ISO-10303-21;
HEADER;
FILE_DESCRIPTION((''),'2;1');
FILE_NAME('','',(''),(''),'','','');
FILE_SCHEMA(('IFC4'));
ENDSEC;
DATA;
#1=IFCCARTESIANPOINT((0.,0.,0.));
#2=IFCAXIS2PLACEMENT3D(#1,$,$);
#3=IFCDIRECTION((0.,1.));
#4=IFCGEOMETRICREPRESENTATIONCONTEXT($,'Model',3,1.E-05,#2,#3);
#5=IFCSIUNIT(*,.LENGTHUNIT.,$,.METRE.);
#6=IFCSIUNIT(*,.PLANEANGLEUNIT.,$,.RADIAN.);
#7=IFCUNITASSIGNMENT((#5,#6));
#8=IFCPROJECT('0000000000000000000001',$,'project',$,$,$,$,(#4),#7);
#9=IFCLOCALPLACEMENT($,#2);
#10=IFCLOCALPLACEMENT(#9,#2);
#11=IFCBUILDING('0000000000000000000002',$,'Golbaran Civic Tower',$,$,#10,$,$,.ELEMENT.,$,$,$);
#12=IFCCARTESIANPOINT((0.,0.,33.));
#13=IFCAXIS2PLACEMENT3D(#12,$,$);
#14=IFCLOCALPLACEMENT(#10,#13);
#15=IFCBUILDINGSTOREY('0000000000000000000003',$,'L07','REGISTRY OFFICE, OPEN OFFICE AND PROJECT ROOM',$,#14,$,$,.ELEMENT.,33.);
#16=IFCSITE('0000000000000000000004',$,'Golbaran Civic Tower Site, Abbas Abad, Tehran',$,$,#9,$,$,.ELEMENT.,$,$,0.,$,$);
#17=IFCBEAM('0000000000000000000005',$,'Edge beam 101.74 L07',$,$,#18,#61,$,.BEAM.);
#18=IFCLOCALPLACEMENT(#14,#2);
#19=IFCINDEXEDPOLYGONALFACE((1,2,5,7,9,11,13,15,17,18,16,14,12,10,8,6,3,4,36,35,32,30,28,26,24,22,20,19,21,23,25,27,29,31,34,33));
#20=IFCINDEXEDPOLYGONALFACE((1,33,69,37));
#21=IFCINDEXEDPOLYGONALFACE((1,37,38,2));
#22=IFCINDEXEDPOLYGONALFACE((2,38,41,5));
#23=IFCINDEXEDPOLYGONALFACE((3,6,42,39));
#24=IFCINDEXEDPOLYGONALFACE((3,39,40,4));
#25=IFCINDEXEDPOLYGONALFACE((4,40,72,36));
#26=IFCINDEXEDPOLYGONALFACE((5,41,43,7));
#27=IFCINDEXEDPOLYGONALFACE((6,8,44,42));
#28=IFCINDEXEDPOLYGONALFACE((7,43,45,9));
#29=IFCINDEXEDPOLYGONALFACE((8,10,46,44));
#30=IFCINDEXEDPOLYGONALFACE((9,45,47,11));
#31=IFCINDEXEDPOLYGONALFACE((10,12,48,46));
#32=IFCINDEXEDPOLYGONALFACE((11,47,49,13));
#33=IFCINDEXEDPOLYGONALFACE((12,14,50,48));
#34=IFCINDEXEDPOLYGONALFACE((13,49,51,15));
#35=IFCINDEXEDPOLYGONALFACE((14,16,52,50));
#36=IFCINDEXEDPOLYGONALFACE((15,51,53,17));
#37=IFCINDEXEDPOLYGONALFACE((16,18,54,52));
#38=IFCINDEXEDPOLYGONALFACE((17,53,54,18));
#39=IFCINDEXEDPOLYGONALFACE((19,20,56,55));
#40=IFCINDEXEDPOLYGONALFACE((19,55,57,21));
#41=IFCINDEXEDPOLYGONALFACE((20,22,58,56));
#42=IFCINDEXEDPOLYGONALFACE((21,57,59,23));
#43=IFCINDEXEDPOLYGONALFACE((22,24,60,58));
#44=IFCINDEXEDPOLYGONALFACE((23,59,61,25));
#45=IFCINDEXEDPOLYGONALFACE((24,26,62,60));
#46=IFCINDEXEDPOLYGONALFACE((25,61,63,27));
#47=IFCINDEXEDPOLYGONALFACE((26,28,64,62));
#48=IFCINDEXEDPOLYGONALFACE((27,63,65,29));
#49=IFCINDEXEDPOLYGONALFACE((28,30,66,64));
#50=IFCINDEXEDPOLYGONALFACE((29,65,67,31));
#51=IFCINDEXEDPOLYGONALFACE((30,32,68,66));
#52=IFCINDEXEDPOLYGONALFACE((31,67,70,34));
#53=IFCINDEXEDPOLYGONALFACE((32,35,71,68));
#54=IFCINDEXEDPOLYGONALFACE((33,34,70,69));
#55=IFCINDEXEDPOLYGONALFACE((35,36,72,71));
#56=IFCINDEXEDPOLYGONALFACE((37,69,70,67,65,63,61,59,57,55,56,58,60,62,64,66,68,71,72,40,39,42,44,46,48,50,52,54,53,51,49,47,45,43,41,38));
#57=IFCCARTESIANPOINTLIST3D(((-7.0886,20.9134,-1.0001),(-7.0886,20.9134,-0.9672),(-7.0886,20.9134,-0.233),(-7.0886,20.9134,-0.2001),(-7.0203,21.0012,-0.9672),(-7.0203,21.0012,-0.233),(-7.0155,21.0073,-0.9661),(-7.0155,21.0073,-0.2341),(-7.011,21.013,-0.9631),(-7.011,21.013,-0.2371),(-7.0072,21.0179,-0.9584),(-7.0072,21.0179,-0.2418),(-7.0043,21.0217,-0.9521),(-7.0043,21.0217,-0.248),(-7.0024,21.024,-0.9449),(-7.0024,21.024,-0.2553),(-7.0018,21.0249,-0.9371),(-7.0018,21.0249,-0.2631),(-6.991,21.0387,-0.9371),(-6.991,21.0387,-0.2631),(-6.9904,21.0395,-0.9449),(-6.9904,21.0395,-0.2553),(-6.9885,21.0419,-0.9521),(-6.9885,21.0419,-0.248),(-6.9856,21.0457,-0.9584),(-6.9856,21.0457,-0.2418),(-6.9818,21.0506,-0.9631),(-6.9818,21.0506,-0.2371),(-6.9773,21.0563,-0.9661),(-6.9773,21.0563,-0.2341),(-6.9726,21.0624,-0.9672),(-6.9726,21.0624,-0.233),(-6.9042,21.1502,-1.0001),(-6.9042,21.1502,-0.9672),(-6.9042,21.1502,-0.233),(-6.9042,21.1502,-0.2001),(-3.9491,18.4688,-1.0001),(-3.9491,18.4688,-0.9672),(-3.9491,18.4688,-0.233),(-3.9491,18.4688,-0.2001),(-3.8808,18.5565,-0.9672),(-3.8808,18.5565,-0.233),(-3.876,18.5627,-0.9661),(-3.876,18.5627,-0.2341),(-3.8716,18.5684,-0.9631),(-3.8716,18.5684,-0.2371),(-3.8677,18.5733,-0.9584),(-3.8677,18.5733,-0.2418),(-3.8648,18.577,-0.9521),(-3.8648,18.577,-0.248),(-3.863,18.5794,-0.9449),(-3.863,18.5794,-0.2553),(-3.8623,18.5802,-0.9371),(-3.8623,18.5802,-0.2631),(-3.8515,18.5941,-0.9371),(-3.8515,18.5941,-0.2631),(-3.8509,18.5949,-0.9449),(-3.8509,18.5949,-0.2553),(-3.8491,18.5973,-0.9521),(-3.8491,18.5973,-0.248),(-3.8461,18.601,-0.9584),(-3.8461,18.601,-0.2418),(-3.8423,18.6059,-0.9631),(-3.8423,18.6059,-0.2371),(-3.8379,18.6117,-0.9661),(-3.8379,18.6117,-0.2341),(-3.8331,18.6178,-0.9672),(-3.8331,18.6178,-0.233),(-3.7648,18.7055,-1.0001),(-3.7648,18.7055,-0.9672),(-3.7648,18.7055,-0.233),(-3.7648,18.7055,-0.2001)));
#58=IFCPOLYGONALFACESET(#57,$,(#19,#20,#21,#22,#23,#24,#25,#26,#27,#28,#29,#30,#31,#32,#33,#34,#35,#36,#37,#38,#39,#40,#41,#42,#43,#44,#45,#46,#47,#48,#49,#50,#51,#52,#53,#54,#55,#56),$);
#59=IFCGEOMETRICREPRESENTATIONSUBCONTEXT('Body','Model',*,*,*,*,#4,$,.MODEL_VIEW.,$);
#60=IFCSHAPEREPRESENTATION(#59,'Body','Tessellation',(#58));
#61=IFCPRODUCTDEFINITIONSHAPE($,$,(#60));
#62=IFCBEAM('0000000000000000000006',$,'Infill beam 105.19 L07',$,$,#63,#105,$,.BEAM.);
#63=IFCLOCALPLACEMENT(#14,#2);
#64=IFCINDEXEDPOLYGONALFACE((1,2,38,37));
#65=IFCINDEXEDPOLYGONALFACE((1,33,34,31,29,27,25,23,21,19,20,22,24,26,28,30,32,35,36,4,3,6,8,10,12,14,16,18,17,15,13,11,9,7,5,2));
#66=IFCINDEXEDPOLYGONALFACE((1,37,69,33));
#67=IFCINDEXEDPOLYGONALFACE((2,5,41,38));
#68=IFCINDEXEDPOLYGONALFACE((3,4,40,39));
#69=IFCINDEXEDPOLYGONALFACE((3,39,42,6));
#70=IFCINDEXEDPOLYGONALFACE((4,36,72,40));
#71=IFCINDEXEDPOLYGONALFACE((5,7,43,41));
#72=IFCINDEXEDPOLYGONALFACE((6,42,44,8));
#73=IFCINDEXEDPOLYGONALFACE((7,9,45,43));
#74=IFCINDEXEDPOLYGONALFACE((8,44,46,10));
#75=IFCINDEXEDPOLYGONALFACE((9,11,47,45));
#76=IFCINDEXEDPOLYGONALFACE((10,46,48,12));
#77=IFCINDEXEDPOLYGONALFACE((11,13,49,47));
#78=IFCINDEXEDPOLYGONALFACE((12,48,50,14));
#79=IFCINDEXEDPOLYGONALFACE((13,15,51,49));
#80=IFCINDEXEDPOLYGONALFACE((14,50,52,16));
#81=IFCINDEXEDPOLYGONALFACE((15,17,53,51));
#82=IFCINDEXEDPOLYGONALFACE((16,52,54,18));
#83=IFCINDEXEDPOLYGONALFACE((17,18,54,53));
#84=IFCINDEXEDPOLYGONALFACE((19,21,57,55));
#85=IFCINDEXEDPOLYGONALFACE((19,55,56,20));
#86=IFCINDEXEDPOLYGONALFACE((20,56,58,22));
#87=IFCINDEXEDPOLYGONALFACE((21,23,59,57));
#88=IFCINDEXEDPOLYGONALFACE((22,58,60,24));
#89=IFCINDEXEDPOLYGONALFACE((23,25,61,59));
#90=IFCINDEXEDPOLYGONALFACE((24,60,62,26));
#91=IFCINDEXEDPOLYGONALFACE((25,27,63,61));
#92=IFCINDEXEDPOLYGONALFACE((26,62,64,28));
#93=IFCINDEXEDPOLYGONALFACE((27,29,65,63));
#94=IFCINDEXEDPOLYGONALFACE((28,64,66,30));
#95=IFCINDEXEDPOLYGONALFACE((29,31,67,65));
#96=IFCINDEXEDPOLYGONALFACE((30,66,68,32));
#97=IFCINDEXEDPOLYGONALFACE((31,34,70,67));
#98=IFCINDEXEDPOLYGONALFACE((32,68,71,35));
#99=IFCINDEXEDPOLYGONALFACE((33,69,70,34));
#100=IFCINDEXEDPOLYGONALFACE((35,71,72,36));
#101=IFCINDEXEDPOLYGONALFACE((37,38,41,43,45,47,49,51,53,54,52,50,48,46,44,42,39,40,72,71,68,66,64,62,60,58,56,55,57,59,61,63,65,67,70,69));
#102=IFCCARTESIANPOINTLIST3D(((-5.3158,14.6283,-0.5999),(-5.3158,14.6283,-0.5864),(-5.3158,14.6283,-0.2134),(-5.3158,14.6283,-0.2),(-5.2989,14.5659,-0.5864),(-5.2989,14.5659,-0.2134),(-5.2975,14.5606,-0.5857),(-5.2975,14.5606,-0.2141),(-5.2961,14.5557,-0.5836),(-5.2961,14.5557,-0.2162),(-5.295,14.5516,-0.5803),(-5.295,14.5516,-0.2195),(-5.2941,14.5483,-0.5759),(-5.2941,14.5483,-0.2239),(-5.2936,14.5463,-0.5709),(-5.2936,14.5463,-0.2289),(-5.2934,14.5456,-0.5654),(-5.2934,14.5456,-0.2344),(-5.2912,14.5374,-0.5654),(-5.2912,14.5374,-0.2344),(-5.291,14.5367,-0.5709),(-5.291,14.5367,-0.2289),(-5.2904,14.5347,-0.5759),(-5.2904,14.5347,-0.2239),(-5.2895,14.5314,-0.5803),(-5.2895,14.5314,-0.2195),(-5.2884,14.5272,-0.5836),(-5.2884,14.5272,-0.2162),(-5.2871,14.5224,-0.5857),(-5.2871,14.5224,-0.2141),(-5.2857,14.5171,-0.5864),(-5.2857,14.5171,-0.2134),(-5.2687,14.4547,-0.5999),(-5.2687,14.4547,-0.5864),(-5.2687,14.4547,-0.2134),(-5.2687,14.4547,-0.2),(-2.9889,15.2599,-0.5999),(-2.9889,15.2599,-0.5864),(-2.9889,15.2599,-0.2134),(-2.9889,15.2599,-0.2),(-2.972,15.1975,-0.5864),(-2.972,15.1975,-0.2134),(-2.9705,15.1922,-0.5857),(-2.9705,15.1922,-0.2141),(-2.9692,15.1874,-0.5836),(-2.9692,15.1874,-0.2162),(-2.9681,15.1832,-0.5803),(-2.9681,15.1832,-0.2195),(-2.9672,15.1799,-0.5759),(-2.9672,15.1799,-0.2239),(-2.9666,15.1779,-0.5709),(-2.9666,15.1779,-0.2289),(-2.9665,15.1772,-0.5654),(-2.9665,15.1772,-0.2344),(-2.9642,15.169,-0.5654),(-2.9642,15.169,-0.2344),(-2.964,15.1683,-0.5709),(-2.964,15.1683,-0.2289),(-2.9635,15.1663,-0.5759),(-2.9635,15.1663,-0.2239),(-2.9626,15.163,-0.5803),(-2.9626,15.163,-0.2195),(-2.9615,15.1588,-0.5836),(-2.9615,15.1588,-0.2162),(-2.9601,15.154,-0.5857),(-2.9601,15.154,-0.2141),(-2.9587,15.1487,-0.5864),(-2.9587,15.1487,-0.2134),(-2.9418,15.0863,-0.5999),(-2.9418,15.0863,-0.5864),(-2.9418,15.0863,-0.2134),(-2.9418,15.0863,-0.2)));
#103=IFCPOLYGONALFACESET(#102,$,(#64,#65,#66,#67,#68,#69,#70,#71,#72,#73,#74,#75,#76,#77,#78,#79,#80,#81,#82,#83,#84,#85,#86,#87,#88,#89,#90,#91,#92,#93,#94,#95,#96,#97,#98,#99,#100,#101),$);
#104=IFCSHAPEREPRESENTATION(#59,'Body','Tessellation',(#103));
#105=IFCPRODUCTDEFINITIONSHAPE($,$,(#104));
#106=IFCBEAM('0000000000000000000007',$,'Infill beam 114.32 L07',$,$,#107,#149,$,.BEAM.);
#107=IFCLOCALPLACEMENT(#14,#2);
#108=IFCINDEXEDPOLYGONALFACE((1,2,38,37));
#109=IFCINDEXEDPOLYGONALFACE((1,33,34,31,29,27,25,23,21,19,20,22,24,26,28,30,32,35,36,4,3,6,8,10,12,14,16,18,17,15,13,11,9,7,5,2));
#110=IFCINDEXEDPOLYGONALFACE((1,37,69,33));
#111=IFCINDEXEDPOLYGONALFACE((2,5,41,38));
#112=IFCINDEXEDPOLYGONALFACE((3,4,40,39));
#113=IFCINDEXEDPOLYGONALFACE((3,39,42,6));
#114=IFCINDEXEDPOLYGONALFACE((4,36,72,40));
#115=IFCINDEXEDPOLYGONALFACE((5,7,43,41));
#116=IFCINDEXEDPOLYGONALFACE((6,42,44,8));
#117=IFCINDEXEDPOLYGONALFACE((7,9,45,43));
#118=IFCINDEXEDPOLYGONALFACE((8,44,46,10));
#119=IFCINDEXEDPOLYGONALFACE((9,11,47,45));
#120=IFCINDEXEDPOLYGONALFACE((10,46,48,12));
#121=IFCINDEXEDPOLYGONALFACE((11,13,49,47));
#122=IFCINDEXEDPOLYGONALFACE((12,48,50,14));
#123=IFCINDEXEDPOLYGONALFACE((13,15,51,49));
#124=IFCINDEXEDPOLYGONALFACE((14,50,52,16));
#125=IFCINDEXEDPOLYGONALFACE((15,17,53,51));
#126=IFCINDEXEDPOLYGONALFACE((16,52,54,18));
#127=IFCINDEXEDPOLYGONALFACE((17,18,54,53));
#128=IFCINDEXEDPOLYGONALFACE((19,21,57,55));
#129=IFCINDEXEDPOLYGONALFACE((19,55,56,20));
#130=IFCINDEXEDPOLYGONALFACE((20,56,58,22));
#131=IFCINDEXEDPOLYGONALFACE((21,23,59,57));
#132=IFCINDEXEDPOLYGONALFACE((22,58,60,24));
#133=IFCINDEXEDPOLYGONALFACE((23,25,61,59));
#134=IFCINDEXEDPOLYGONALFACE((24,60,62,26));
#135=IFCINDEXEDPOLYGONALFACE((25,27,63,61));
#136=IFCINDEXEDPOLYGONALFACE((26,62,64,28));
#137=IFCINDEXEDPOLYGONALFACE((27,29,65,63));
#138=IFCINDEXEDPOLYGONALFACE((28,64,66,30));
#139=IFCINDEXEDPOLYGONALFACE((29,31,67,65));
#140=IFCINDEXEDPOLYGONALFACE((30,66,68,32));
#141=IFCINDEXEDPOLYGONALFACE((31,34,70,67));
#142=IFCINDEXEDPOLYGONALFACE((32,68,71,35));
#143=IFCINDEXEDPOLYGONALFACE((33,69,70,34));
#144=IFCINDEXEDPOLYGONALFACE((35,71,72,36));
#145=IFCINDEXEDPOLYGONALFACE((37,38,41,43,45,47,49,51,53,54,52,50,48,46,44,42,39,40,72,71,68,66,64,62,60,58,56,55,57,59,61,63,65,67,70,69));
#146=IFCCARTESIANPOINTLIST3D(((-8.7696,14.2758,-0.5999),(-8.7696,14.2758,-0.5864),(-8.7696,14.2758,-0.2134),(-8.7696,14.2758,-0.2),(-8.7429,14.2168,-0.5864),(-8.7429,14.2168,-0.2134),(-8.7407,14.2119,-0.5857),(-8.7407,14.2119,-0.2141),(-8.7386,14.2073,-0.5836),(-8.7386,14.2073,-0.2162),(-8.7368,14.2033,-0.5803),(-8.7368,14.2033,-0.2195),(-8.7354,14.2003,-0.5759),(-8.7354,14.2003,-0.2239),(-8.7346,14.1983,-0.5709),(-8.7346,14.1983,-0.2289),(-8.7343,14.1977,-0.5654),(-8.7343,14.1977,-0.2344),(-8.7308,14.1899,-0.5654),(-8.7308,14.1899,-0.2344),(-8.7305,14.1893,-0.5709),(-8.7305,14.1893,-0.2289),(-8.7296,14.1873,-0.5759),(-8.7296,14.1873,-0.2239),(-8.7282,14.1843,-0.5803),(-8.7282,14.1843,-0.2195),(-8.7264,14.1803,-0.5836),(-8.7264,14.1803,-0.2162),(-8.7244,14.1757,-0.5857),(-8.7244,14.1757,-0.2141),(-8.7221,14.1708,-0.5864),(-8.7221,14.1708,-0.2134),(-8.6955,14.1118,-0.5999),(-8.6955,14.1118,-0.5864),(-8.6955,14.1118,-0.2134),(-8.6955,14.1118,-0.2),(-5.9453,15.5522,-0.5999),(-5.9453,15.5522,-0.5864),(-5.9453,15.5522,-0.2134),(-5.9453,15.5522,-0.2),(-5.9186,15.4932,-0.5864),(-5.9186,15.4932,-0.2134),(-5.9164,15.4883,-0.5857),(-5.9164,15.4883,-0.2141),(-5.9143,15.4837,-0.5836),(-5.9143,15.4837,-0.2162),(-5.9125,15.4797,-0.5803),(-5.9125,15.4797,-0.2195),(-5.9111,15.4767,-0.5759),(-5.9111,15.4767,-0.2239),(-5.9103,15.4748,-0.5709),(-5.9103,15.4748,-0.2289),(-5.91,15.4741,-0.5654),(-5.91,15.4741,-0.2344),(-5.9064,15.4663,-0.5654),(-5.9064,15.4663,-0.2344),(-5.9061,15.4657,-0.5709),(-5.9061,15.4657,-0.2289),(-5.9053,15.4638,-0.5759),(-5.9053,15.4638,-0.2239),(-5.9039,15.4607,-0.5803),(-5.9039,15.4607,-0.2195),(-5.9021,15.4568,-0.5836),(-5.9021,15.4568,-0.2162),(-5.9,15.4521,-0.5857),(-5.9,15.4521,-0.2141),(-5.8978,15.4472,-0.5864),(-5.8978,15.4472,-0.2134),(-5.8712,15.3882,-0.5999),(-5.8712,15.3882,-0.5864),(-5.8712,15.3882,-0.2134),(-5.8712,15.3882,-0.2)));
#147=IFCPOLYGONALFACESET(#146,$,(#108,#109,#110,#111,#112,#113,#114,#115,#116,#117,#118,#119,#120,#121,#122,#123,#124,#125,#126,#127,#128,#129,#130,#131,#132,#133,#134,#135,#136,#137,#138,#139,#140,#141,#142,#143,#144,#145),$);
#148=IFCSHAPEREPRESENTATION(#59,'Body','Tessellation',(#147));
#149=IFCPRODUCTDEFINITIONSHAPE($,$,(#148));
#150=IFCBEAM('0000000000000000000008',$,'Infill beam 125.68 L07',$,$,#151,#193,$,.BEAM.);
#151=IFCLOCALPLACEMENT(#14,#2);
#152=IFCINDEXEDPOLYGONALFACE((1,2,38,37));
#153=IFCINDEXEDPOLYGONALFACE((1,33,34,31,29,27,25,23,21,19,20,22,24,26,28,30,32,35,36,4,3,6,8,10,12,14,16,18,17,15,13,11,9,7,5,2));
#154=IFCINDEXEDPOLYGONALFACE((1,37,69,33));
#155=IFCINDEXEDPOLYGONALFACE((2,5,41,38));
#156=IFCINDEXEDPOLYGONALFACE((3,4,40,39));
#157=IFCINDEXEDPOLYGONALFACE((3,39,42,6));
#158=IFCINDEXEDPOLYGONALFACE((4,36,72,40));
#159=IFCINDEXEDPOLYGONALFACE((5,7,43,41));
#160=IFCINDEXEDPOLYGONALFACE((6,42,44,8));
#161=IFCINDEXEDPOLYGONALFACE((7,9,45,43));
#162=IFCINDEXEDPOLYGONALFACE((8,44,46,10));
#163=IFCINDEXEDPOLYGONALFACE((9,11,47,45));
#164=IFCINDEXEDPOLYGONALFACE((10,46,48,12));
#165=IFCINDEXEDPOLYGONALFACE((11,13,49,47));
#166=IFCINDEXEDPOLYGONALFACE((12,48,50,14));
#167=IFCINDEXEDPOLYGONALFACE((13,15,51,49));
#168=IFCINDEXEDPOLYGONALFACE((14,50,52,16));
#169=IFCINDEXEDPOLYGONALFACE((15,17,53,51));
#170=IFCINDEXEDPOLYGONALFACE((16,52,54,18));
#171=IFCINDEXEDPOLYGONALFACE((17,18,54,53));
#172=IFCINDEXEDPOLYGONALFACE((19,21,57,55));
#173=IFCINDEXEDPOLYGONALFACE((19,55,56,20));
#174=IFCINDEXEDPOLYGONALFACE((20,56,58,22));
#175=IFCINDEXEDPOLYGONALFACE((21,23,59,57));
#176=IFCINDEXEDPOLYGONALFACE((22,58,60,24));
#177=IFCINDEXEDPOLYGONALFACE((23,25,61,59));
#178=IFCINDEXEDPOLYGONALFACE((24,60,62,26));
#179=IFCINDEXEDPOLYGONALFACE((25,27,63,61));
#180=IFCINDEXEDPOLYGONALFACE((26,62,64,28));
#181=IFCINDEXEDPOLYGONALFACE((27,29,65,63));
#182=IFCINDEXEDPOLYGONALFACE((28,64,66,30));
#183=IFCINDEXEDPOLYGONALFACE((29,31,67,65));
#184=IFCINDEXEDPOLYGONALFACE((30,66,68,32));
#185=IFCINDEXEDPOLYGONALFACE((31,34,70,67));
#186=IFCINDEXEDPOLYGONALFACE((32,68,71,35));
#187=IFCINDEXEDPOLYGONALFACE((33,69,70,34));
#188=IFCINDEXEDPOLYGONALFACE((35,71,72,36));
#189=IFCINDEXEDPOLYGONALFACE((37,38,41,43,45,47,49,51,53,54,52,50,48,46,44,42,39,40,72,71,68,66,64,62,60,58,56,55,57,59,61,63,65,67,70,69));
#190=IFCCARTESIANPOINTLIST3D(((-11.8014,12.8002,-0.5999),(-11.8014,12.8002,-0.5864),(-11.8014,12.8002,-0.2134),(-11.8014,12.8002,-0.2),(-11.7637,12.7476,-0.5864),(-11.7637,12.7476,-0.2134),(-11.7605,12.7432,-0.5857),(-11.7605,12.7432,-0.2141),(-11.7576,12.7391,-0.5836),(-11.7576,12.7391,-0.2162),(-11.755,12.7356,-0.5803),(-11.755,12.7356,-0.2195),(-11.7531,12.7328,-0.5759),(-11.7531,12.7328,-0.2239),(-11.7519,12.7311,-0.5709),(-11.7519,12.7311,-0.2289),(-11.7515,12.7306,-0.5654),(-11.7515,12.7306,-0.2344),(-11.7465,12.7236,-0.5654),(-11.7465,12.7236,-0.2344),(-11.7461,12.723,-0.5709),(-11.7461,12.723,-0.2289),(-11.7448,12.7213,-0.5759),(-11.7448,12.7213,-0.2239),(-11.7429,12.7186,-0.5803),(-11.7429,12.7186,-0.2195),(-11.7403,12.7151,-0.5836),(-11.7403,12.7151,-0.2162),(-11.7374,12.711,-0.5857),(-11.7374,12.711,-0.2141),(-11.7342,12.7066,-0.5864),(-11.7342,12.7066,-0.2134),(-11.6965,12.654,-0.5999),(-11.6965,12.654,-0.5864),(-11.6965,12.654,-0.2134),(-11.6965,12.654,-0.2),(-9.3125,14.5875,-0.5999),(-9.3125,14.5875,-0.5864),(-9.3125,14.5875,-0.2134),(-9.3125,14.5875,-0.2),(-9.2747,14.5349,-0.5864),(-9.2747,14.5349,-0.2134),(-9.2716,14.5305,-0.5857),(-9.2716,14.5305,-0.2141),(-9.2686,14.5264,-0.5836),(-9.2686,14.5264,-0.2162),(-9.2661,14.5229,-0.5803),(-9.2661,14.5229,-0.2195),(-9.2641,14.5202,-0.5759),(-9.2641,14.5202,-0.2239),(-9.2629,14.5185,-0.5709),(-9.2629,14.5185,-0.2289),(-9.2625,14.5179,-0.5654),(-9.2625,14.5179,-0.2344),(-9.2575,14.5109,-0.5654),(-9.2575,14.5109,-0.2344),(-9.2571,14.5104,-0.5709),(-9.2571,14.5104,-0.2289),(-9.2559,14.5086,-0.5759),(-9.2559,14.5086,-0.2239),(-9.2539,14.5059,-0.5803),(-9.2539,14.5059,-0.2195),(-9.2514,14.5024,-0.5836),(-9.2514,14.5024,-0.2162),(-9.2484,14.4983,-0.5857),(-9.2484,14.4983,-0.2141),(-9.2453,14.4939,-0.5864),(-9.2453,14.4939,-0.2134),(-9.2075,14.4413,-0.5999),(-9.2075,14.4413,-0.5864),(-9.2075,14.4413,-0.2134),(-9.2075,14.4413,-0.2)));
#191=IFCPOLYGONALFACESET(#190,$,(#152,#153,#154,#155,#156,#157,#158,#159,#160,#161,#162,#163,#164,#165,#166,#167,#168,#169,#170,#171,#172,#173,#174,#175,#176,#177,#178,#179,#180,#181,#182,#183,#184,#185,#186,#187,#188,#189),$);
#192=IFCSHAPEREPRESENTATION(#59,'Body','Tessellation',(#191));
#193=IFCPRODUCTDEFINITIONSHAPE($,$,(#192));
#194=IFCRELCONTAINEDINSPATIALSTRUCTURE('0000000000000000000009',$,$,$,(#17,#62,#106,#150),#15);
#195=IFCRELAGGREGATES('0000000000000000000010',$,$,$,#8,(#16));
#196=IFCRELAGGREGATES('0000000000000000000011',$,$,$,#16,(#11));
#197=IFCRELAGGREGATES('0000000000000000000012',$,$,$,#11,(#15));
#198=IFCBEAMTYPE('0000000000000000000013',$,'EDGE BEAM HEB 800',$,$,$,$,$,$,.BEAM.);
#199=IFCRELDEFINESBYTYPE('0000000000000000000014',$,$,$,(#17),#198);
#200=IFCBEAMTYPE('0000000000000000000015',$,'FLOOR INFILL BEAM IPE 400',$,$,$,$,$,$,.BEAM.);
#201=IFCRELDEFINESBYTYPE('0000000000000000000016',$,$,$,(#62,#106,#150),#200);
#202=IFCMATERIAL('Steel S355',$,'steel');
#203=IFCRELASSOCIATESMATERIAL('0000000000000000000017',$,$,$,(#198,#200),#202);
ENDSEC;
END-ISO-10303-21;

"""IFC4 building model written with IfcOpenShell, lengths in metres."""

from ifc_helpers import new_model, si_unit, direction, frame, origin, origin_2d, place, context, subcontext, project, spatial, i_section, extrude, material, material_profile, profile_set, type_object, element, save


model = new_model("IFC4")

# Units and contexts
model_context = context("Model", 3, precision=1e-05, world=origin(), true_north=direction((0.0, 1.0)))
body_context = subcontext(model_context, "Body", "Model", "MODEL_VIEW")
ifc_project = project(units=[si_unit("LENGTHUNIT", "METRE"), si_unit("PLANEANGLEUNIT", "RADIAN")], contexts=[model_context])

# Site, building, storey
site_placement = place(None, origin())
site = spatial("IfcSite", under=ifc_project, at=site_placement, Name="Golbaran Civic Tower Site, Abbas Abad, Tehran", CompositionType="ELEMENT", RefElevation=0.0)
building_placement = place(site_placement, origin())
building = spatial("IfcBuilding", under=site, at=building_placement, Name="Golbaran Civic Tower", CompositionType="ELEMENT")
storey_placement = place(building_placement, frame((0.0, 0.0, 33.0)))
storey = spatial("IfcBuildingStorey", under=building, at=storey_placement, Name="L07", Description="REGISTRY OFFICE, OPEN OFFICE AND PROJECT ROOM", CompositionType="ELEMENT", Elevation=33.0)

# Beams
ifc_material_1 = material(Name="Steel S355", Category="steel")
ifc_material_profile_1 = material_profile(ifc_material_1, i_section(OverallWidth=0.3, OverallDepth=0.8, WebThickness=0.0176, FlangeThickness=0.033, FilletRadius=0.03, at=origin_2d()), Name="HEB 800")
ifc_profile_set_1 = profile_set([ifc_material_profile_1], Name="Steel S355")
beam_type_1 = type_object("IfcBeamType", Name="EDGE BEAM HEB 800", PredefinedType="BEAM", material=ifc_profile_set_1)
beam_1_placement = place(storey_placement, frame((-3.8569, 18.5872, -0.6001), z_axis=(-0.789008, 0.614382, 0.0), x_axis=(-0.614382, -0.789008, 0.0)))
element("IfcBeam", 1, at=beam_1_placement, inside=storey, type_object=beam_type_1, Name="Edge beam 101.74 L07", PredefinedType="BEAM", context=body_context, shape_type="SweptSolid", body=[
    extrude(i_section(OverallWidth=0.3, OverallDepth=0.8, WebThickness=0.0176, FlangeThickness=0.033, FilletRadius=0.03, at=origin_2d()), origin(), (0.0, 0.0, 1.0), 3.979),
])
ifc_material_profile_2 = material_profile(ifc_material_1, i_section(OverallWidth=0.1799, OverallDepth=0.3999, WebThickness=0.0085, FlangeThickness=0.0134, FilletRadius=0.021, at=origin_2d()), Name="IPE 400")
ifc_profile_set_2 = profile_set([ifc_material_profile_2], Name="Steel S355")
beam_type_2 = type_object("IfcBeamType", Name="FLOOR INFILL BEAM IPE 400", PredefinedType="BEAM", material=ifc_profile_set_2)
beam_2_placement = place(storey_placement, frame((-2.9653, 15.1731, -0.3999), z_axis=(-0.965081, -0.261952, 0.0), x_axis=(0.261952, -0.965081, 0.0)))
element("IfcBeam", 2, at=beam_2_placement, inside=storey, type_object=beam_type_2, Name="Infill beam 105.19 L07", PredefinedType="BEAM", context=body_context, shape_type="SweptSolid", body=[
    extrude(i_section(OverallWidth=0.1799, OverallDepth=0.3999, WebThickness=0.0085, FlangeThickness=0.0134, FilletRadius=0.021, at=origin_2d()), origin(), (0.0, 0.0, 1.0), 2.4111),
])
beam_3_placement = place(storey_placement, frame((-5.9082, 15.4702, -0.3999), z_axis=(-0.91126, -0.411832, 0.0), x_axis=(0.411832, -0.91126, 0.0)))
element("IfcBeam", 3, at=beam_3_placement, inside=storey, type_object=beam_type_2, Name="Infill beam 114.32 L07", PredefinedType="BEAM", context=body_context, shape_type="SweptSolid", body=[
    extrude(i_section(OverallWidth=0.1799, OverallDepth=0.3999, WebThickness=0.0085, FlangeThickness=0.0134, FilletRadius=0.021, at=origin_2d()), origin(), (0.0, 0.0, 1.0), 3.0994),
])
beam_4_placement = place(storey_placement, frame((-9.26, 14.5144, -0.3999), z_axis=(-0.812267, -0.583286, 0.0), x_axis=(0.583286, -0.812267, 0.0)))
element("IfcBeam", 4, at=beam_4_placement, inside=storey, type_object=beam_type_2, Name="Infill beam 125.68 L07", PredefinedType="BEAM", context=body_context, shape_type="SweptSolid", body=[
    extrude(i_section(OverallWidth=0.1799, OverallDepth=0.3999, WebThickness=0.0085, FlangeThickness=0.0134, FilletRadius=0.021, at=origin_2d()), origin(), (0.0, 0.0, 1.0), 3.0642),
])

save(model, "model.ifc")
